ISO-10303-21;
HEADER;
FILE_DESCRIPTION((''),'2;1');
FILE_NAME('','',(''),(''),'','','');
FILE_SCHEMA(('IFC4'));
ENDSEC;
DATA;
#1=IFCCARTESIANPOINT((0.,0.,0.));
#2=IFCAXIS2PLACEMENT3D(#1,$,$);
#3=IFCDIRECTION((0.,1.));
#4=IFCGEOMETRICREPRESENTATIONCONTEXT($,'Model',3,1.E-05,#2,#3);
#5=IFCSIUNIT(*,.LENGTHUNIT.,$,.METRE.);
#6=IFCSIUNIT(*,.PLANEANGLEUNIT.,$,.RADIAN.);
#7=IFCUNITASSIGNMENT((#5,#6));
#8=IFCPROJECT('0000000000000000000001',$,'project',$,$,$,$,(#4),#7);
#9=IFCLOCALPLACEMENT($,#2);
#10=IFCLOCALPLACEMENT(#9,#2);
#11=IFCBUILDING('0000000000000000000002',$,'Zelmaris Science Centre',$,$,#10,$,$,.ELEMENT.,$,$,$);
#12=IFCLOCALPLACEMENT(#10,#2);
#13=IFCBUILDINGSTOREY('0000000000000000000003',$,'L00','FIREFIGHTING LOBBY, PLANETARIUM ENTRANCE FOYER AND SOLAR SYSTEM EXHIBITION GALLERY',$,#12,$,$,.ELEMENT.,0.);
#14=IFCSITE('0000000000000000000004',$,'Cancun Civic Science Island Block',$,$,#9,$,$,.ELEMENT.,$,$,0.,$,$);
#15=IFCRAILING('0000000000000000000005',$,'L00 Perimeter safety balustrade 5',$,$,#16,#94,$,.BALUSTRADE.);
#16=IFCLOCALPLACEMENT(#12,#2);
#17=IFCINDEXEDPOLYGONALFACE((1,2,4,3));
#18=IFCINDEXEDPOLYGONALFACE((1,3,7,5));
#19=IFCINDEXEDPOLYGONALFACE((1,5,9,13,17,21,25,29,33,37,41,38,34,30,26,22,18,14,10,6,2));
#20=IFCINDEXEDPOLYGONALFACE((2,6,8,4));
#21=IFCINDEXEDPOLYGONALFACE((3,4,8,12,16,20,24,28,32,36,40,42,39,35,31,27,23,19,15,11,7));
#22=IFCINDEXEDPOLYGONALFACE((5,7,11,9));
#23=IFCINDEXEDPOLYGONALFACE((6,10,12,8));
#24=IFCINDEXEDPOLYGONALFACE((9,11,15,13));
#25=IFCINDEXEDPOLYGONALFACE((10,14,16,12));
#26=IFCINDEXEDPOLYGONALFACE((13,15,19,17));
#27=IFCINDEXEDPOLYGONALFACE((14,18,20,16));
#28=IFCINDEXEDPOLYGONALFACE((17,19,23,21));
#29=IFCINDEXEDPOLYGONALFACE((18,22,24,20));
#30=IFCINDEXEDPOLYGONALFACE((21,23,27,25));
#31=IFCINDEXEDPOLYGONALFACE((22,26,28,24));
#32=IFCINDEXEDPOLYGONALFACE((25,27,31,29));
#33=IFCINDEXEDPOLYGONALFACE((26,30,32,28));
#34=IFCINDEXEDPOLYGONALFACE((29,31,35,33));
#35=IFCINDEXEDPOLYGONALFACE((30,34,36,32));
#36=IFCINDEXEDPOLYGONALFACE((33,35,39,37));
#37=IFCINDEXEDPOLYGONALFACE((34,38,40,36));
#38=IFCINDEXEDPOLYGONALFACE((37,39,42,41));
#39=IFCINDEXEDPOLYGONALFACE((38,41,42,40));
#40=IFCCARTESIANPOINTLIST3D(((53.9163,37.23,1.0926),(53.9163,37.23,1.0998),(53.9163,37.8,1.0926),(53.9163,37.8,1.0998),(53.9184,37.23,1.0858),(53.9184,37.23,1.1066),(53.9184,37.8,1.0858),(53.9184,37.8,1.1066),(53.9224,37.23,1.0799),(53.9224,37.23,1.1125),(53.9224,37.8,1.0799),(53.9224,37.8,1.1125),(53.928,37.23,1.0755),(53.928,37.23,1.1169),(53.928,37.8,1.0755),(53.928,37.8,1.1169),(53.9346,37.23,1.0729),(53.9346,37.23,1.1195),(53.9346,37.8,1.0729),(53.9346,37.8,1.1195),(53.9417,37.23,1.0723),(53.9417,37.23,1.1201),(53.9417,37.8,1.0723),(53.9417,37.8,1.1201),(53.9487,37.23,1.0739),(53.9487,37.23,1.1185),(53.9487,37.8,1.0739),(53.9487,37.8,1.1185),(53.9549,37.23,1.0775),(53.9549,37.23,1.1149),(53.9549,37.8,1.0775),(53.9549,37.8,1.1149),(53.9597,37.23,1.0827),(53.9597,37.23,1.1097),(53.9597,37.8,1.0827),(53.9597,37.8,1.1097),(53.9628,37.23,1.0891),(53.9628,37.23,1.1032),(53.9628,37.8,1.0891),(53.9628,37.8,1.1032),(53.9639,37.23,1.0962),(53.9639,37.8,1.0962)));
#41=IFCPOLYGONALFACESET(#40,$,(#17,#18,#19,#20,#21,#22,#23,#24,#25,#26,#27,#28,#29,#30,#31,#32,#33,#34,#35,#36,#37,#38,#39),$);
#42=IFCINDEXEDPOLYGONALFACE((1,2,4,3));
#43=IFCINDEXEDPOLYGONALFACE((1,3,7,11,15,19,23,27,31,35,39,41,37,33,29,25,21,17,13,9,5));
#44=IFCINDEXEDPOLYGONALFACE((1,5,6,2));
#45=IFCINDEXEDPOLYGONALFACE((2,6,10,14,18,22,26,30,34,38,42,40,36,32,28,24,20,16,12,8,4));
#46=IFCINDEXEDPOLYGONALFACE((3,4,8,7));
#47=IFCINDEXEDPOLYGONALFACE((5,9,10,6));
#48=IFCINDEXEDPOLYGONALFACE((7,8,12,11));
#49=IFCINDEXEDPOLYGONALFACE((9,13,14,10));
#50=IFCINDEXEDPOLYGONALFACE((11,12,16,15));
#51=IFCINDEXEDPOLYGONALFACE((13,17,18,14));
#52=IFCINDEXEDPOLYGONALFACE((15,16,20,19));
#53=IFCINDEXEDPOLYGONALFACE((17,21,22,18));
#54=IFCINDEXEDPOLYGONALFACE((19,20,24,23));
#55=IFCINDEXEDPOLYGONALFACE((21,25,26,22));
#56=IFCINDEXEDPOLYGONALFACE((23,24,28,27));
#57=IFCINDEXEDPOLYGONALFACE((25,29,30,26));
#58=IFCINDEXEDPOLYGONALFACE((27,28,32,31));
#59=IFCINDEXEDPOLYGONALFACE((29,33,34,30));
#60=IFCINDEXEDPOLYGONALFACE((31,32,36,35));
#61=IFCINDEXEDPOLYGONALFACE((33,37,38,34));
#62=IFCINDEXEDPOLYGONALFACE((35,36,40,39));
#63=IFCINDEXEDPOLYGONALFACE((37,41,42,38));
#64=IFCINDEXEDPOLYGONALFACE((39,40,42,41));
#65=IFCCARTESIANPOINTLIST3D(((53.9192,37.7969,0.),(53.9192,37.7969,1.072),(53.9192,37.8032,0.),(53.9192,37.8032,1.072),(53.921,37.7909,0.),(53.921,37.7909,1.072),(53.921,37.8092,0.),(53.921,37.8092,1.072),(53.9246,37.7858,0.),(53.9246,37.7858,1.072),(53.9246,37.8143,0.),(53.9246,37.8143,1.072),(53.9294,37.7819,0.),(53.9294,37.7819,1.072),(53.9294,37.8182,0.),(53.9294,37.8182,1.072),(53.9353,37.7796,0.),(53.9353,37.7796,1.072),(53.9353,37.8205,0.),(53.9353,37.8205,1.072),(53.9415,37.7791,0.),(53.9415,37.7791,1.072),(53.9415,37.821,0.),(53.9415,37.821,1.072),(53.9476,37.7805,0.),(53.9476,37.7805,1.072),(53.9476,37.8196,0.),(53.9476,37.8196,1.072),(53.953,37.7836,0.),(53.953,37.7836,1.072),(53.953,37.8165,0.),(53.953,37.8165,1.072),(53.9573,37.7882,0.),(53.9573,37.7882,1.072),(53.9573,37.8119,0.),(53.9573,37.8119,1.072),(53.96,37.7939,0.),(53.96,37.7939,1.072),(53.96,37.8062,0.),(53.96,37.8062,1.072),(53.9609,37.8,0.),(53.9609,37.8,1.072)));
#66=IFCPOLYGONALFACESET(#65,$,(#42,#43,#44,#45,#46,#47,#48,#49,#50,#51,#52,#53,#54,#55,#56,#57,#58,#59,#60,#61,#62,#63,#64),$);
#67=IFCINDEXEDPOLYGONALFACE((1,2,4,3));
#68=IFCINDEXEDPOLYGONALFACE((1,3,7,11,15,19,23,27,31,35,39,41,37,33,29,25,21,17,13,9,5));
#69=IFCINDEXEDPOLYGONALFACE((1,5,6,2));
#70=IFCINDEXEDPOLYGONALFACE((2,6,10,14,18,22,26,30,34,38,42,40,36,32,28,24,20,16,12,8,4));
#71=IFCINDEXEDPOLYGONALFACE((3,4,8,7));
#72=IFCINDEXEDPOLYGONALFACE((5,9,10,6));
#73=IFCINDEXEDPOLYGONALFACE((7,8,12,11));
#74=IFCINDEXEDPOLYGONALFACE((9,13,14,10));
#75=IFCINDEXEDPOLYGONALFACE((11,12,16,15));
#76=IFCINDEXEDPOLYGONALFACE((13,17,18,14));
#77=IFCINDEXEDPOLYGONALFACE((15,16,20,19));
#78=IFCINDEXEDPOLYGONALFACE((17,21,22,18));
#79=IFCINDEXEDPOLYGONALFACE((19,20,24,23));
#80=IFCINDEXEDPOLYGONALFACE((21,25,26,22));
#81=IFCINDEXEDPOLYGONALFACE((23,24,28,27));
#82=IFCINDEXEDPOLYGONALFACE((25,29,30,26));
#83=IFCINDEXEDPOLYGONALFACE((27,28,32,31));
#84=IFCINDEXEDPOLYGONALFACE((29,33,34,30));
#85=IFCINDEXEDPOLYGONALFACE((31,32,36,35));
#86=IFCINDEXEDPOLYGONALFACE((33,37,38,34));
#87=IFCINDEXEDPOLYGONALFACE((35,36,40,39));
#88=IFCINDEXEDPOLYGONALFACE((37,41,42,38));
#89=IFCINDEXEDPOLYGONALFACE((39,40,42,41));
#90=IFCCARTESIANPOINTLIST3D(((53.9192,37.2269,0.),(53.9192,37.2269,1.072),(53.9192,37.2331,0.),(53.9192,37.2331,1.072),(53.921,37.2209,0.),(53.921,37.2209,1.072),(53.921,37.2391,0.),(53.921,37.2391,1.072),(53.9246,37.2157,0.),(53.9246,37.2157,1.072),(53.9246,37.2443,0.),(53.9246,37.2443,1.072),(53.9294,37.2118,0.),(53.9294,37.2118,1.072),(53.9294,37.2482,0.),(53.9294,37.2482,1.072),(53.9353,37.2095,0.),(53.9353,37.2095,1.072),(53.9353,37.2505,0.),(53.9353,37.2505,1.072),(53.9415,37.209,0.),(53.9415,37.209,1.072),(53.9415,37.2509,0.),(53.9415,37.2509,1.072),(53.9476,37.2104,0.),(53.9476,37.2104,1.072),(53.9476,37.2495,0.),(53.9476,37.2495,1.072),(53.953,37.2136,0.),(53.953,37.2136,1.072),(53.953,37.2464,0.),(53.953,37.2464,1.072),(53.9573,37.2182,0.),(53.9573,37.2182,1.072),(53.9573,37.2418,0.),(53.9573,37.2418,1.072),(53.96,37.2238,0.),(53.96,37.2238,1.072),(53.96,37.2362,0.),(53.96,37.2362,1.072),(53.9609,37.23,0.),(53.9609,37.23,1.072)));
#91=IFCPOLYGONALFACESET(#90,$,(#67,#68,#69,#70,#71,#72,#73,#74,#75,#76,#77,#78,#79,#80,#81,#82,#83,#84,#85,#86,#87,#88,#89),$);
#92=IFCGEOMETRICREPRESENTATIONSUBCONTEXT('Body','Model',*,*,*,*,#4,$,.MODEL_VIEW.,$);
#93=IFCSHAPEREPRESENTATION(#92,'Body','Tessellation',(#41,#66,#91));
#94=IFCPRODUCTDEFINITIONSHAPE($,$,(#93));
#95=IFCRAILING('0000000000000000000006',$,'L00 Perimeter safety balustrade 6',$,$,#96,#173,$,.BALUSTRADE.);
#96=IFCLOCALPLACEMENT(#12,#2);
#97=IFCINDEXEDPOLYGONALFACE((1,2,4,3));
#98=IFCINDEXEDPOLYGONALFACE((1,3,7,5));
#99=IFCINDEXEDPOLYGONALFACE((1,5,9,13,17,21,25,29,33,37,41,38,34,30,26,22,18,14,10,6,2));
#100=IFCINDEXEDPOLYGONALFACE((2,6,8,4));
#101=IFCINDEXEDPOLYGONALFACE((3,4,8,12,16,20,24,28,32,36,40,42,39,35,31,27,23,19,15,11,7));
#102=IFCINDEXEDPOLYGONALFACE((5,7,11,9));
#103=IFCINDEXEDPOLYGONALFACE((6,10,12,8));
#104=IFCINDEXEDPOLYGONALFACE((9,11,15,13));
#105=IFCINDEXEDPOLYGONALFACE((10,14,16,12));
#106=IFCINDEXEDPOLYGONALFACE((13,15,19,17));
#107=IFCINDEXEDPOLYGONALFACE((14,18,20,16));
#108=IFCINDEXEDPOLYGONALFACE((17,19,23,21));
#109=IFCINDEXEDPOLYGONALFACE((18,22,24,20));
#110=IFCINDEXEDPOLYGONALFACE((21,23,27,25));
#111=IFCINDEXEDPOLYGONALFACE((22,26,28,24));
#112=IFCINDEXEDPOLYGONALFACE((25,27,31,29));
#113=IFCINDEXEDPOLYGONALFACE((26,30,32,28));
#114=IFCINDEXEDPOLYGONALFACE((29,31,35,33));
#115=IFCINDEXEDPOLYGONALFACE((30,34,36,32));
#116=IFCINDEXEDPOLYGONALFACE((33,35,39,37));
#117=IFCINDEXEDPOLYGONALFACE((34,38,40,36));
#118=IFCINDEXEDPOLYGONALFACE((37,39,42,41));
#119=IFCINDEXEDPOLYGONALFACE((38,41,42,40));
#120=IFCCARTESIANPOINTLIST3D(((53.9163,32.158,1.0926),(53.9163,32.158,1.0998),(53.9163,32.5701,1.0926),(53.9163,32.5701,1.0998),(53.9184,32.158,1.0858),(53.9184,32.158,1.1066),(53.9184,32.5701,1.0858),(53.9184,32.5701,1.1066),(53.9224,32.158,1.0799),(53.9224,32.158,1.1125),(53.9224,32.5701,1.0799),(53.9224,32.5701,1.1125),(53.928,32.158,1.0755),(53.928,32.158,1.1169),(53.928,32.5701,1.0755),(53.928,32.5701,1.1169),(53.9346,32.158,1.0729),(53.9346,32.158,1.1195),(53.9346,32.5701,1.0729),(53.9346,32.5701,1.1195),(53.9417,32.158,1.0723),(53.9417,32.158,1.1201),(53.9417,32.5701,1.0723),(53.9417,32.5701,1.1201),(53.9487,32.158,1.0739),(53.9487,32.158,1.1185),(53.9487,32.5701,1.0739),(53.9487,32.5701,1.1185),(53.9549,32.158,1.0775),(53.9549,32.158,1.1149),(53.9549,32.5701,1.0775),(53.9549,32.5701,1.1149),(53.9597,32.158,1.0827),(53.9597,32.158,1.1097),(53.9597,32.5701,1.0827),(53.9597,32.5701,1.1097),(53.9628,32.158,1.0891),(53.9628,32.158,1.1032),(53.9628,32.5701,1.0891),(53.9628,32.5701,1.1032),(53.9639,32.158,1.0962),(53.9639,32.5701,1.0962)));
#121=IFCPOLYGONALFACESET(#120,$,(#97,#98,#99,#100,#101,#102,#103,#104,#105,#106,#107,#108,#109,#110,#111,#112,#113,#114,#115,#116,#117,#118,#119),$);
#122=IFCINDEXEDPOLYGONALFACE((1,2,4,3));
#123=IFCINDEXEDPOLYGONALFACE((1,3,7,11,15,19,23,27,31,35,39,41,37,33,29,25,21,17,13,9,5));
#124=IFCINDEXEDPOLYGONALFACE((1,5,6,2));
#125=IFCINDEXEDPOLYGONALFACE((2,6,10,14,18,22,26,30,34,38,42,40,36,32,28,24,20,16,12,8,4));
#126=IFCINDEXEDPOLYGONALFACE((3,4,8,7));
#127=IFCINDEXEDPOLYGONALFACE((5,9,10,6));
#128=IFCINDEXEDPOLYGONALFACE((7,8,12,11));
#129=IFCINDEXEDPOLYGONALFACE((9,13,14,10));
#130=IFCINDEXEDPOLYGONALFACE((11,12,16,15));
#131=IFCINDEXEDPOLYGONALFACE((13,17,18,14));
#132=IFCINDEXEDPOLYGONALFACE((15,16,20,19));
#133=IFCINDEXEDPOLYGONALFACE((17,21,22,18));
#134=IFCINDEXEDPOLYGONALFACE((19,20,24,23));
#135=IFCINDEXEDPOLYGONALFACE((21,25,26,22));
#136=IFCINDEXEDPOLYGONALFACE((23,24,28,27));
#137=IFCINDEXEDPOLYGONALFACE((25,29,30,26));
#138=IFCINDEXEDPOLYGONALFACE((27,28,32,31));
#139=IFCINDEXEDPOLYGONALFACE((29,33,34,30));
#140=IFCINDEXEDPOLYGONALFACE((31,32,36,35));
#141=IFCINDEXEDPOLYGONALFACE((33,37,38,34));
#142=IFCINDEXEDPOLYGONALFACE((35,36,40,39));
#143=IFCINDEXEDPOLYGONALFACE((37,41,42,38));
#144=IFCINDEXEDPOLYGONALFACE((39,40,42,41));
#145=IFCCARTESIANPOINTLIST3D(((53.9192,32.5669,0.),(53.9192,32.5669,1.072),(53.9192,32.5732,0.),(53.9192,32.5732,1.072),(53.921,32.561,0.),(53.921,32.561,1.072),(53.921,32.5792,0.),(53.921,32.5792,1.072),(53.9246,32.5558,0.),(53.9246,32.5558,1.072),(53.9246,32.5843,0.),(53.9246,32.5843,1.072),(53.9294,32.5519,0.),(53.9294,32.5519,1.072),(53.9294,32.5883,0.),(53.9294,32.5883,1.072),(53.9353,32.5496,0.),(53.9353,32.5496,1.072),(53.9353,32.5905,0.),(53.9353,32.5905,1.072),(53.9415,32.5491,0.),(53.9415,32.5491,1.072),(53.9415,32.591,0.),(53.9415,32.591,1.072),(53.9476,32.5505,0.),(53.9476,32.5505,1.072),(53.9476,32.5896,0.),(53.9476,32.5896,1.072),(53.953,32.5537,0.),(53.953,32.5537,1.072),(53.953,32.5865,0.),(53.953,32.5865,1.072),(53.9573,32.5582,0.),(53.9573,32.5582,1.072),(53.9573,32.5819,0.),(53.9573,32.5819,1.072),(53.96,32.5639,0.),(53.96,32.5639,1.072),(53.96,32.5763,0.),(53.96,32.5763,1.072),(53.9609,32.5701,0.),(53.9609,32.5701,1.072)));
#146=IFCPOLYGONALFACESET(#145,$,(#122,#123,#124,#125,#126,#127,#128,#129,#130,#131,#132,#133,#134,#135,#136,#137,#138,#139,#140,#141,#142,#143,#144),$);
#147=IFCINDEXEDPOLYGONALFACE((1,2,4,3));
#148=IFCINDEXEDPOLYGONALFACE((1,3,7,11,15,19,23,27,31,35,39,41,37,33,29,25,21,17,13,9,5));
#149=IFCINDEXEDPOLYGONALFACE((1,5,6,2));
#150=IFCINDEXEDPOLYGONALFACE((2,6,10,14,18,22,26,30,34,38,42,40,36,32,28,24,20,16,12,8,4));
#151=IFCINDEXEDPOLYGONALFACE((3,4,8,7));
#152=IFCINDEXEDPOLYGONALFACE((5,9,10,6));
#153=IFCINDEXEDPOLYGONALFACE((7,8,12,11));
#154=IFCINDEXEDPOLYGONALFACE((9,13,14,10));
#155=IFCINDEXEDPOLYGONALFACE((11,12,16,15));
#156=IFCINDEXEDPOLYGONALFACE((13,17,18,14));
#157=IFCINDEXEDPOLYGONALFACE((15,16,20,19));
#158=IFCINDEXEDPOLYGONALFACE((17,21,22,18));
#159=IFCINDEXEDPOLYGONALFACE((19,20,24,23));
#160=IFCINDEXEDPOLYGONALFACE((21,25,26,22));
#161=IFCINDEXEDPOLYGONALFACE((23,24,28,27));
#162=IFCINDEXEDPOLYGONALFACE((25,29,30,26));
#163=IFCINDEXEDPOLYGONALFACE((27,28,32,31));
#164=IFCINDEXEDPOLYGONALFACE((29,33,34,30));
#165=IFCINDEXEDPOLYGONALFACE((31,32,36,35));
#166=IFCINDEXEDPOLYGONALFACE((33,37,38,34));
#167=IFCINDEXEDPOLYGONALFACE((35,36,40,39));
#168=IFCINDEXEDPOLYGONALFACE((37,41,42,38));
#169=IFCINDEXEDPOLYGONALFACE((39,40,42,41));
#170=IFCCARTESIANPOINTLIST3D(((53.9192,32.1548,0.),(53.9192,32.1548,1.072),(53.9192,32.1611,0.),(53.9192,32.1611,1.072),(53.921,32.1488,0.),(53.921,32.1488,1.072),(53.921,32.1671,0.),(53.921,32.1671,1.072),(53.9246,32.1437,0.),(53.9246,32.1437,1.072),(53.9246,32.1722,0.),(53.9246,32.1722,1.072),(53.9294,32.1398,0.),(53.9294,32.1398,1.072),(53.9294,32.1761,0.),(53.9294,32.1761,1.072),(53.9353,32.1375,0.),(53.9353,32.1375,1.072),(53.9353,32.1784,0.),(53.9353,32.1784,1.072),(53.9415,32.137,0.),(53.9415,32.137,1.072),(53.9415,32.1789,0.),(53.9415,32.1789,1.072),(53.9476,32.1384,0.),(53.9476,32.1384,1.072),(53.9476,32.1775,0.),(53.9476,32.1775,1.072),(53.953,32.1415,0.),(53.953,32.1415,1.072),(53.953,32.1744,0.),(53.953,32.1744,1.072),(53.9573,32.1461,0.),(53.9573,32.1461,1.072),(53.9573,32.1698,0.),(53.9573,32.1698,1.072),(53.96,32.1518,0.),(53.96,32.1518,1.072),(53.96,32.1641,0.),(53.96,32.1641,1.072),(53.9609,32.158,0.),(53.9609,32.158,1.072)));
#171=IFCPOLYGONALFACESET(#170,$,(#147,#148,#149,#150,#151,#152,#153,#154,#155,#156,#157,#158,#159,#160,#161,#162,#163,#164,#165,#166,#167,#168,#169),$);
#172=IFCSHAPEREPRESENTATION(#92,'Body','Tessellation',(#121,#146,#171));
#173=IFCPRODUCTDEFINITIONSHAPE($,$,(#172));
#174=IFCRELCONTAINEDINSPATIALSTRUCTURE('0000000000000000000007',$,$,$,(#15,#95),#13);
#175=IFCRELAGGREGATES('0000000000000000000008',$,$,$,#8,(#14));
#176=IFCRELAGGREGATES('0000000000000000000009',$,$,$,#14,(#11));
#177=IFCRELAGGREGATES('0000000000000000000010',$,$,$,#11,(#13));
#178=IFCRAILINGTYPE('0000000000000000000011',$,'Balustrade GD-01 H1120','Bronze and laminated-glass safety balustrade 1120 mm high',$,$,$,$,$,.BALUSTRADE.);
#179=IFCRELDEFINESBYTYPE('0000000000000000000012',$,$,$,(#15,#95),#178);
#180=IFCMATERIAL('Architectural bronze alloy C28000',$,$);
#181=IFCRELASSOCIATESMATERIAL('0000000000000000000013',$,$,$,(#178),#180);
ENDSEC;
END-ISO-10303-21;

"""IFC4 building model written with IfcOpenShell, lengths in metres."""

from ifc_helpers import new_model, si_unit, direction, frame, origin, origin_2d, place, context, subcontext, project, spatial, circle, extrude, material, type_object, element, save


model = new_model("IFC4")

# Units and contexts
model_context = context("Model", 3, precision=1e-05, world=origin(), true_north=direction((0.0, 1.0)))
body_context = subcontext(model_context, "Body", "Model", "MODEL_VIEW")
ifc_project = project(units=[si_unit("LENGTHUNIT", "METRE"), si_unit("PLANEANGLEUNIT", "RADIAN")], contexts=[model_context])

# Site, building, storey
site_placement = place(None, origin())
site = spatial("IfcSite", under=ifc_project, at=site_placement, Name="Cancun Civic Science Island Block", CompositionType="ELEMENT", RefElevation=0.0)
building_placement = place(site_placement, origin())
building = spatial("IfcBuilding", under=site, at=building_placement, Name="Zelmaris Science Centre", CompositionType="ELEMENT")
storey_placement = place(building_placement, origin())
storey = spatial("IfcBuildingStorey", under=building, at=storey_placement, Name="L00", Description="FIREFIGHTING LOBBY, PLANETARIUM ENTRANCE FOYER AND SOLAR SYSTEM EXHIBITION GALLERY", CompositionType="ELEMENT", Elevation=0.0)

# Railings
ifc_material_1 = material(Name="Architectural bronze alloy C28000")
railing_type = type_object("IfcRailingType", Name="Balustrade GD-01 H1120", Description="Bronze and laminated-glass safety balustrade 1120 mm high", PredefinedType="BALUSTRADE", material=ifc_material_1)
railing_1_placement = place(storey_placement, frame((53.9399, 37.8, 0.0)))
element("IfcRailing", 1, at=railing_1_placement, inside=storey, type_object=railing_type, Name="L00 Perimeter safety balustrade 5", PredefinedType="BALUSTRADE", context=body_context, shape_type="SweptSolid", body=[
    extrude(circle(Radius=0.0239, at=origin_2d()), frame((0.0, 0.0, 1.0962), z_axis=(0.0, -1.0, 0.0), x_axis=(1.0, 0.0, 0.0)), (0.0, 0.0, 1.0), 0.5701),
    extrude(circle(Radius=0.021, at=origin_2d()), origin(), (0.0, 0.0, 1.0), 1.072),
    extrude(circle(Radius=0.021, at=origin_2d()), frame((0.0, -0.5701, 0.0)), (0.0, 0.0, 1.0), 1.072),
])
railing_2_placement = place(storey_placement, frame((53.9399, 32.5701, 0.0)))
element("IfcRailing", 2, at=railing_2_placement, inside=storey, type_object=railing_type, Name="L00 Perimeter safety balustrade 6", PredefinedType="BALUSTRADE", context=body_context, shape_type="SweptSolid", body=[
    extrude(circle(Radius=0.0239, at=origin_2d()), frame((0.0, 0.0, 1.0962), z_axis=(0.0, -1.0, 0.0), x_axis=(1.0, 0.0, 0.0)), (0.0, 0.0, 1.0), 0.4121),
    extrude(circle(Radius=0.021, at=origin_2d()), origin(), (0.0, 0.0, 1.0), 1.072),
    extrude(circle(Radius=0.021, at=origin_2d()), frame((0.0, -0.4121, 0.0)), (0.0, 0.0, 1.0), 1.072),
])

save(model, "model.ifc")
